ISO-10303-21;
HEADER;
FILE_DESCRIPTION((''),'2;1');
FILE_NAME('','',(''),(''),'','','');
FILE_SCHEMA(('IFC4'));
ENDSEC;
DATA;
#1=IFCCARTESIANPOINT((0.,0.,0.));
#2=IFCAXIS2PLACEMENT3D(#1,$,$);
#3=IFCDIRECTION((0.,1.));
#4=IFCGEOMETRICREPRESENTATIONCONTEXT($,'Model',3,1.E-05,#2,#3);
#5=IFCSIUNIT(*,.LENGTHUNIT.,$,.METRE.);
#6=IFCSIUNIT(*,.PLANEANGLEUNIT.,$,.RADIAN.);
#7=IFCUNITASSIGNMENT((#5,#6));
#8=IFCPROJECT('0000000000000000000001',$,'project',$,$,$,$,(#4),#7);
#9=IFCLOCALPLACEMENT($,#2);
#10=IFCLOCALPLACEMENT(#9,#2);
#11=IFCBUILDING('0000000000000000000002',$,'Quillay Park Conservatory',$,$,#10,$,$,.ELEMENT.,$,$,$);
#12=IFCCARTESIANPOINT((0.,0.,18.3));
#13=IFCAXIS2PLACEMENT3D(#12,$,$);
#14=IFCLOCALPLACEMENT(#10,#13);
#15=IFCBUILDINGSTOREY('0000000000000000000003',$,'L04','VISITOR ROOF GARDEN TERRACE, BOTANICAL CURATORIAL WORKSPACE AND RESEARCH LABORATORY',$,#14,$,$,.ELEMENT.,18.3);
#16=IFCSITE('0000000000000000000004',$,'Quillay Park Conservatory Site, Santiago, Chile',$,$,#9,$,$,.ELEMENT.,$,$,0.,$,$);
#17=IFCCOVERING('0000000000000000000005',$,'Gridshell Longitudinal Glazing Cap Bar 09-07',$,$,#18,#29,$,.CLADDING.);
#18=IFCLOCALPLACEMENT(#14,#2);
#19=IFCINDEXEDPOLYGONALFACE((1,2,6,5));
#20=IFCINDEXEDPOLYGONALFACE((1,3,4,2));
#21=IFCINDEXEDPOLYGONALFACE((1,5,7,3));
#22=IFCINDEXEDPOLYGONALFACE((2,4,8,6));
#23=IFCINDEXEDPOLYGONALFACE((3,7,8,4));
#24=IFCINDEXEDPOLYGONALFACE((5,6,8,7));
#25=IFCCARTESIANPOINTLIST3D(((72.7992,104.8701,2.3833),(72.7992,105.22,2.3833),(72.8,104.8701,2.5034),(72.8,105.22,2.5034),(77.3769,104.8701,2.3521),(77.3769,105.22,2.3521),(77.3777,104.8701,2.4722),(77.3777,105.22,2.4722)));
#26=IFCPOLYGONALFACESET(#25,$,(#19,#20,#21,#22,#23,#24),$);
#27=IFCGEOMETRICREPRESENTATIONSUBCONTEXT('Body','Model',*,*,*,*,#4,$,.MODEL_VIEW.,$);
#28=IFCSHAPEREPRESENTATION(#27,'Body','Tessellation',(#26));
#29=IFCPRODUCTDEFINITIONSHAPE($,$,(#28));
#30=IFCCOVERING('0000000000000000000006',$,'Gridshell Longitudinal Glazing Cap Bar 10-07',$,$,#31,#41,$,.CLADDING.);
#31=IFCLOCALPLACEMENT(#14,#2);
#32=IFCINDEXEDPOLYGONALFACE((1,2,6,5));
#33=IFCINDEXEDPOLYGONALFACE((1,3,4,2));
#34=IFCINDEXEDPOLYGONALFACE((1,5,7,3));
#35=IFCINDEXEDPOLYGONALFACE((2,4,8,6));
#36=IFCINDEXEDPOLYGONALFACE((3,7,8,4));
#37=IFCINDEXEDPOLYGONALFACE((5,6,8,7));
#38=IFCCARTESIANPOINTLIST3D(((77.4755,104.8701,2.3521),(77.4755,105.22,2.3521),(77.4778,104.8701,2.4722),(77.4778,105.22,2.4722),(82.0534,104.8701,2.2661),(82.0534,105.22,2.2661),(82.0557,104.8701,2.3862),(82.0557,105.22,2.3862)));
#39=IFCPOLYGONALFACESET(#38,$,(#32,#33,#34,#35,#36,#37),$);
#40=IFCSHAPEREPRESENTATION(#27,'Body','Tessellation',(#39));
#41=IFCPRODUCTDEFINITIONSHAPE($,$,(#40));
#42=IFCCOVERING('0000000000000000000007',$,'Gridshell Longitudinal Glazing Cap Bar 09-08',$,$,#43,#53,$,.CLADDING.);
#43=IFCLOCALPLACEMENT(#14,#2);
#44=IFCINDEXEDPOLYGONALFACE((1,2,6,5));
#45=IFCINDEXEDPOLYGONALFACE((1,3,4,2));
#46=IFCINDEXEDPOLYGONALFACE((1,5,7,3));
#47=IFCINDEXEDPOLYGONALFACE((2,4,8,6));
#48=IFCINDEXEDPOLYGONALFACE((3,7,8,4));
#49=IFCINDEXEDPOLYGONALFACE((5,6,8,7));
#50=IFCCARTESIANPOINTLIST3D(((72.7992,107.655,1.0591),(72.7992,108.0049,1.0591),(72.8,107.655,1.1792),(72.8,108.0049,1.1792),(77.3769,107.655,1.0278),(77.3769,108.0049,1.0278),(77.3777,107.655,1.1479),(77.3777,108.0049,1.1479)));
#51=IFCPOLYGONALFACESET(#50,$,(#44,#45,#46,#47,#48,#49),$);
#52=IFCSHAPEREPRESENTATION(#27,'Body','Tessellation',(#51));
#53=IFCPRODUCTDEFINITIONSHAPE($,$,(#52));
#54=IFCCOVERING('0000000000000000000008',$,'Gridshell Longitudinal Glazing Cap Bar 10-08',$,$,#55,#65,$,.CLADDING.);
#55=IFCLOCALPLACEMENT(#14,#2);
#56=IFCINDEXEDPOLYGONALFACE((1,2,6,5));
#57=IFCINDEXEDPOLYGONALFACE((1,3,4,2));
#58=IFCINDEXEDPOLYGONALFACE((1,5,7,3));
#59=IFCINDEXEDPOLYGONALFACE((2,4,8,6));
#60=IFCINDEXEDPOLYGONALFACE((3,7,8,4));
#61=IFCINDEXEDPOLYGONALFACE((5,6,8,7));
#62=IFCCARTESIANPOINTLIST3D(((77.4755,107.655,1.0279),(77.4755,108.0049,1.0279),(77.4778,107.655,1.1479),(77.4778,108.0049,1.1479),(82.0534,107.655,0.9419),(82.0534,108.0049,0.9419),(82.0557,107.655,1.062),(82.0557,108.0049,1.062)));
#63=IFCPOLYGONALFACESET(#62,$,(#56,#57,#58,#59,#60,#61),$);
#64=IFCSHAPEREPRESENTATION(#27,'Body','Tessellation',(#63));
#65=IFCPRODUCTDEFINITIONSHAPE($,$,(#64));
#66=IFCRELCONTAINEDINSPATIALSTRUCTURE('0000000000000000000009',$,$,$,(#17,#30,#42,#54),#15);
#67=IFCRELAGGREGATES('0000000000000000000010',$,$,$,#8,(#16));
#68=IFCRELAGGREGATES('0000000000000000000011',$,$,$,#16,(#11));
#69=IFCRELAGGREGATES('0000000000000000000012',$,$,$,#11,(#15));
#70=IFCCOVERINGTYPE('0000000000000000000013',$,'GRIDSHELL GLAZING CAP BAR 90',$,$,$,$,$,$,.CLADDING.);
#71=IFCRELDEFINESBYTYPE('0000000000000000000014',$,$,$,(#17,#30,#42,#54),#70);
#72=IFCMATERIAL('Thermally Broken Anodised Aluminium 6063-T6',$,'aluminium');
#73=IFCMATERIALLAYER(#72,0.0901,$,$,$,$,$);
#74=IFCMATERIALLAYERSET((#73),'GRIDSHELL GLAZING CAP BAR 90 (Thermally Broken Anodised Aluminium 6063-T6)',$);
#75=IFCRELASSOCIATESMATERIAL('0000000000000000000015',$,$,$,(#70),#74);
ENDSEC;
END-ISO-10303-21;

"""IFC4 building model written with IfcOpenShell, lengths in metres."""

from ifc_helpers import new_model, si_unit, direction, frame, origin, place, context, subcontext, project, spatial, polyline, outline, extrude, material, layer, layer_set, type_object, element, save


model = new_model("IFC4")

# Units and contexts
model_context = context("Model", 3, precision=1e-05, world=origin(), true_north=direction((0.0, 1.0)))
body_context = subcontext(model_context, "Body", "Model", "MODEL_VIEW")
ifc_project = project(units=[si_unit("LENGTHUNIT", "METRE"), si_unit("PLANEANGLEUNIT", "RADIAN")], contexts=[model_context])

# Site, building, storey
site_placement = place(None, origin())
site = spatial("IfcSite", under=ifc_project, at=site_placement, Name="Quillay Park Conservatory Site, Santiago, Chile", CompositionType="ELEMENT", RefElevation=0.0)
building_placement = place(site_placement, origin())
building = spatial("IfcBuilding", under=site, at=building_placement, Name="Quillay Park Conservatory", CompositionType="ELEMENT")
storey_placement = place(building_placement, frame((0.0, 0.0, 18.3)))
storey = spatial("IfcBuildingStorey", under=building, at=storey_placement, Name="L04", Description="VISITOR ROOF GARDEN TERRACE, BOTANICAL CURATORIAL WORKSPACE AND RESEARCH LABORATORY", CompositionType="ELEMENT", Elevation=18.3)

# Coverings
ifc_material_1 = material(Name="Thermally Broken Anodised Aluminium 6063-T6", Category="aluminium")
ifc_layer_1 = layer(ifc_material_1, 0.0901)
ifc_layer_set_1 = layer_set([ifc_layer_1], Name="GRIDSHELL GLAZING CAP BAR 90 (Thermally Broken Anodised Aluminium 6063-T6)")
covering_type = type_object("IfcCoveringType", Name="GRIDSHELL GLAZING CAP BAR 90", PredefinedType="CLADDING", material=ifc_layer_set_1)
covering_1_placement = place(storey_placement, frame((72.8, 104.8701, 2.5034), z_axis=(0.006827, 0.0, 0.999977), x_axis=(0.999977, 0.0, -0.006827)))
element("IfcCovering", 1, at=covering_1_placement, inside=storey, type_object=covering_type, Name="Gridshell Longitudinal Glazing Cap Bar 09-07", PredefinedType="CLADDING", context=body_context, shape_type="SweptSolid", body=[
    extrude(outline(polyline([(0.0, 0.0), (4.5777, 0.0), (4.5777, 0.3499), (0.0, 0.3499), (0.0, 0.0)])), origin(), (0.0, 0.0, -1.0), 0.1201),
])
covering_2_placement = place(storey_placement, frame((77.4778, 104.8701, 2.4722), z_axis=(0.018769, 0.0, 0.999824), x_axis=(0.999824, 0.0, -0.018769)))
element("IfcCovering", 2, at=covering_2_placement, inside=storey, type_object=covering_type, Name="Gridshell Longitudinal Glazing Cap Bar 10-07", PredefinedType="CLADDING", context=body_context, shape_type="SweptSolid", body=[
    extrude(outline(polyline([(0.0, 0.0), (4.5787, 0.0), (4.5787, 0.3499), (0.0, 0.3499), (0.0, 0.0)])), origin(), (0.0, 0.0, -1.0), 0.1201),
])
covering_3_placement = place(storey_placement, frame((72.8, 107.655, 1.1792), z_axis=(0.006827, 0.0, 0.999977), x_axis=(0.999977, 0.0, -0.006827)))
element("IfcCovering", 3, at=covering_3_placement, inside=storey, type_object=covering_type, Name="Gridshell Longitudinal Glazing Cap Bar 09-08", PredefinedType="CLADDING", context=body_context, shape_type="SweptSolid", body=[
    extrude(outline(polyline([(0.0, 0.0), (4.5777, 0.0), (4.5777, 0.3499), (0.0, 0.3499), (0.0, 0.0)])), origin(), (0.0, 0.0, -1.0), 0.1201),
])
covering_4_placement = place(storey_placement, frame((77.4778, 107.655, 1.1479), z_axis=(0.018769, 0.0, 0.999824), x_axis=(0.999824, 0.0, -0.018769)))
element("IfcCovering", 4, at=covering_4_placement, inside=storey, type_object=covering_type, Name="Gridshell Longitudinal Glazing Cap Bar 10-08", PredefinedType="CLADDING", context=body_context, shape_type="SweptSolid", body=[
    extrude(outline(polyline([(0.0, 0.0), (4.5787, 0.0), (4.5787, 0.3499), (0.0, 0.3499), (0.0, 0.0)])), origin(), (0.0, 0.0, -1.0), 0.1201),
])

save(model, "model.ifc")
